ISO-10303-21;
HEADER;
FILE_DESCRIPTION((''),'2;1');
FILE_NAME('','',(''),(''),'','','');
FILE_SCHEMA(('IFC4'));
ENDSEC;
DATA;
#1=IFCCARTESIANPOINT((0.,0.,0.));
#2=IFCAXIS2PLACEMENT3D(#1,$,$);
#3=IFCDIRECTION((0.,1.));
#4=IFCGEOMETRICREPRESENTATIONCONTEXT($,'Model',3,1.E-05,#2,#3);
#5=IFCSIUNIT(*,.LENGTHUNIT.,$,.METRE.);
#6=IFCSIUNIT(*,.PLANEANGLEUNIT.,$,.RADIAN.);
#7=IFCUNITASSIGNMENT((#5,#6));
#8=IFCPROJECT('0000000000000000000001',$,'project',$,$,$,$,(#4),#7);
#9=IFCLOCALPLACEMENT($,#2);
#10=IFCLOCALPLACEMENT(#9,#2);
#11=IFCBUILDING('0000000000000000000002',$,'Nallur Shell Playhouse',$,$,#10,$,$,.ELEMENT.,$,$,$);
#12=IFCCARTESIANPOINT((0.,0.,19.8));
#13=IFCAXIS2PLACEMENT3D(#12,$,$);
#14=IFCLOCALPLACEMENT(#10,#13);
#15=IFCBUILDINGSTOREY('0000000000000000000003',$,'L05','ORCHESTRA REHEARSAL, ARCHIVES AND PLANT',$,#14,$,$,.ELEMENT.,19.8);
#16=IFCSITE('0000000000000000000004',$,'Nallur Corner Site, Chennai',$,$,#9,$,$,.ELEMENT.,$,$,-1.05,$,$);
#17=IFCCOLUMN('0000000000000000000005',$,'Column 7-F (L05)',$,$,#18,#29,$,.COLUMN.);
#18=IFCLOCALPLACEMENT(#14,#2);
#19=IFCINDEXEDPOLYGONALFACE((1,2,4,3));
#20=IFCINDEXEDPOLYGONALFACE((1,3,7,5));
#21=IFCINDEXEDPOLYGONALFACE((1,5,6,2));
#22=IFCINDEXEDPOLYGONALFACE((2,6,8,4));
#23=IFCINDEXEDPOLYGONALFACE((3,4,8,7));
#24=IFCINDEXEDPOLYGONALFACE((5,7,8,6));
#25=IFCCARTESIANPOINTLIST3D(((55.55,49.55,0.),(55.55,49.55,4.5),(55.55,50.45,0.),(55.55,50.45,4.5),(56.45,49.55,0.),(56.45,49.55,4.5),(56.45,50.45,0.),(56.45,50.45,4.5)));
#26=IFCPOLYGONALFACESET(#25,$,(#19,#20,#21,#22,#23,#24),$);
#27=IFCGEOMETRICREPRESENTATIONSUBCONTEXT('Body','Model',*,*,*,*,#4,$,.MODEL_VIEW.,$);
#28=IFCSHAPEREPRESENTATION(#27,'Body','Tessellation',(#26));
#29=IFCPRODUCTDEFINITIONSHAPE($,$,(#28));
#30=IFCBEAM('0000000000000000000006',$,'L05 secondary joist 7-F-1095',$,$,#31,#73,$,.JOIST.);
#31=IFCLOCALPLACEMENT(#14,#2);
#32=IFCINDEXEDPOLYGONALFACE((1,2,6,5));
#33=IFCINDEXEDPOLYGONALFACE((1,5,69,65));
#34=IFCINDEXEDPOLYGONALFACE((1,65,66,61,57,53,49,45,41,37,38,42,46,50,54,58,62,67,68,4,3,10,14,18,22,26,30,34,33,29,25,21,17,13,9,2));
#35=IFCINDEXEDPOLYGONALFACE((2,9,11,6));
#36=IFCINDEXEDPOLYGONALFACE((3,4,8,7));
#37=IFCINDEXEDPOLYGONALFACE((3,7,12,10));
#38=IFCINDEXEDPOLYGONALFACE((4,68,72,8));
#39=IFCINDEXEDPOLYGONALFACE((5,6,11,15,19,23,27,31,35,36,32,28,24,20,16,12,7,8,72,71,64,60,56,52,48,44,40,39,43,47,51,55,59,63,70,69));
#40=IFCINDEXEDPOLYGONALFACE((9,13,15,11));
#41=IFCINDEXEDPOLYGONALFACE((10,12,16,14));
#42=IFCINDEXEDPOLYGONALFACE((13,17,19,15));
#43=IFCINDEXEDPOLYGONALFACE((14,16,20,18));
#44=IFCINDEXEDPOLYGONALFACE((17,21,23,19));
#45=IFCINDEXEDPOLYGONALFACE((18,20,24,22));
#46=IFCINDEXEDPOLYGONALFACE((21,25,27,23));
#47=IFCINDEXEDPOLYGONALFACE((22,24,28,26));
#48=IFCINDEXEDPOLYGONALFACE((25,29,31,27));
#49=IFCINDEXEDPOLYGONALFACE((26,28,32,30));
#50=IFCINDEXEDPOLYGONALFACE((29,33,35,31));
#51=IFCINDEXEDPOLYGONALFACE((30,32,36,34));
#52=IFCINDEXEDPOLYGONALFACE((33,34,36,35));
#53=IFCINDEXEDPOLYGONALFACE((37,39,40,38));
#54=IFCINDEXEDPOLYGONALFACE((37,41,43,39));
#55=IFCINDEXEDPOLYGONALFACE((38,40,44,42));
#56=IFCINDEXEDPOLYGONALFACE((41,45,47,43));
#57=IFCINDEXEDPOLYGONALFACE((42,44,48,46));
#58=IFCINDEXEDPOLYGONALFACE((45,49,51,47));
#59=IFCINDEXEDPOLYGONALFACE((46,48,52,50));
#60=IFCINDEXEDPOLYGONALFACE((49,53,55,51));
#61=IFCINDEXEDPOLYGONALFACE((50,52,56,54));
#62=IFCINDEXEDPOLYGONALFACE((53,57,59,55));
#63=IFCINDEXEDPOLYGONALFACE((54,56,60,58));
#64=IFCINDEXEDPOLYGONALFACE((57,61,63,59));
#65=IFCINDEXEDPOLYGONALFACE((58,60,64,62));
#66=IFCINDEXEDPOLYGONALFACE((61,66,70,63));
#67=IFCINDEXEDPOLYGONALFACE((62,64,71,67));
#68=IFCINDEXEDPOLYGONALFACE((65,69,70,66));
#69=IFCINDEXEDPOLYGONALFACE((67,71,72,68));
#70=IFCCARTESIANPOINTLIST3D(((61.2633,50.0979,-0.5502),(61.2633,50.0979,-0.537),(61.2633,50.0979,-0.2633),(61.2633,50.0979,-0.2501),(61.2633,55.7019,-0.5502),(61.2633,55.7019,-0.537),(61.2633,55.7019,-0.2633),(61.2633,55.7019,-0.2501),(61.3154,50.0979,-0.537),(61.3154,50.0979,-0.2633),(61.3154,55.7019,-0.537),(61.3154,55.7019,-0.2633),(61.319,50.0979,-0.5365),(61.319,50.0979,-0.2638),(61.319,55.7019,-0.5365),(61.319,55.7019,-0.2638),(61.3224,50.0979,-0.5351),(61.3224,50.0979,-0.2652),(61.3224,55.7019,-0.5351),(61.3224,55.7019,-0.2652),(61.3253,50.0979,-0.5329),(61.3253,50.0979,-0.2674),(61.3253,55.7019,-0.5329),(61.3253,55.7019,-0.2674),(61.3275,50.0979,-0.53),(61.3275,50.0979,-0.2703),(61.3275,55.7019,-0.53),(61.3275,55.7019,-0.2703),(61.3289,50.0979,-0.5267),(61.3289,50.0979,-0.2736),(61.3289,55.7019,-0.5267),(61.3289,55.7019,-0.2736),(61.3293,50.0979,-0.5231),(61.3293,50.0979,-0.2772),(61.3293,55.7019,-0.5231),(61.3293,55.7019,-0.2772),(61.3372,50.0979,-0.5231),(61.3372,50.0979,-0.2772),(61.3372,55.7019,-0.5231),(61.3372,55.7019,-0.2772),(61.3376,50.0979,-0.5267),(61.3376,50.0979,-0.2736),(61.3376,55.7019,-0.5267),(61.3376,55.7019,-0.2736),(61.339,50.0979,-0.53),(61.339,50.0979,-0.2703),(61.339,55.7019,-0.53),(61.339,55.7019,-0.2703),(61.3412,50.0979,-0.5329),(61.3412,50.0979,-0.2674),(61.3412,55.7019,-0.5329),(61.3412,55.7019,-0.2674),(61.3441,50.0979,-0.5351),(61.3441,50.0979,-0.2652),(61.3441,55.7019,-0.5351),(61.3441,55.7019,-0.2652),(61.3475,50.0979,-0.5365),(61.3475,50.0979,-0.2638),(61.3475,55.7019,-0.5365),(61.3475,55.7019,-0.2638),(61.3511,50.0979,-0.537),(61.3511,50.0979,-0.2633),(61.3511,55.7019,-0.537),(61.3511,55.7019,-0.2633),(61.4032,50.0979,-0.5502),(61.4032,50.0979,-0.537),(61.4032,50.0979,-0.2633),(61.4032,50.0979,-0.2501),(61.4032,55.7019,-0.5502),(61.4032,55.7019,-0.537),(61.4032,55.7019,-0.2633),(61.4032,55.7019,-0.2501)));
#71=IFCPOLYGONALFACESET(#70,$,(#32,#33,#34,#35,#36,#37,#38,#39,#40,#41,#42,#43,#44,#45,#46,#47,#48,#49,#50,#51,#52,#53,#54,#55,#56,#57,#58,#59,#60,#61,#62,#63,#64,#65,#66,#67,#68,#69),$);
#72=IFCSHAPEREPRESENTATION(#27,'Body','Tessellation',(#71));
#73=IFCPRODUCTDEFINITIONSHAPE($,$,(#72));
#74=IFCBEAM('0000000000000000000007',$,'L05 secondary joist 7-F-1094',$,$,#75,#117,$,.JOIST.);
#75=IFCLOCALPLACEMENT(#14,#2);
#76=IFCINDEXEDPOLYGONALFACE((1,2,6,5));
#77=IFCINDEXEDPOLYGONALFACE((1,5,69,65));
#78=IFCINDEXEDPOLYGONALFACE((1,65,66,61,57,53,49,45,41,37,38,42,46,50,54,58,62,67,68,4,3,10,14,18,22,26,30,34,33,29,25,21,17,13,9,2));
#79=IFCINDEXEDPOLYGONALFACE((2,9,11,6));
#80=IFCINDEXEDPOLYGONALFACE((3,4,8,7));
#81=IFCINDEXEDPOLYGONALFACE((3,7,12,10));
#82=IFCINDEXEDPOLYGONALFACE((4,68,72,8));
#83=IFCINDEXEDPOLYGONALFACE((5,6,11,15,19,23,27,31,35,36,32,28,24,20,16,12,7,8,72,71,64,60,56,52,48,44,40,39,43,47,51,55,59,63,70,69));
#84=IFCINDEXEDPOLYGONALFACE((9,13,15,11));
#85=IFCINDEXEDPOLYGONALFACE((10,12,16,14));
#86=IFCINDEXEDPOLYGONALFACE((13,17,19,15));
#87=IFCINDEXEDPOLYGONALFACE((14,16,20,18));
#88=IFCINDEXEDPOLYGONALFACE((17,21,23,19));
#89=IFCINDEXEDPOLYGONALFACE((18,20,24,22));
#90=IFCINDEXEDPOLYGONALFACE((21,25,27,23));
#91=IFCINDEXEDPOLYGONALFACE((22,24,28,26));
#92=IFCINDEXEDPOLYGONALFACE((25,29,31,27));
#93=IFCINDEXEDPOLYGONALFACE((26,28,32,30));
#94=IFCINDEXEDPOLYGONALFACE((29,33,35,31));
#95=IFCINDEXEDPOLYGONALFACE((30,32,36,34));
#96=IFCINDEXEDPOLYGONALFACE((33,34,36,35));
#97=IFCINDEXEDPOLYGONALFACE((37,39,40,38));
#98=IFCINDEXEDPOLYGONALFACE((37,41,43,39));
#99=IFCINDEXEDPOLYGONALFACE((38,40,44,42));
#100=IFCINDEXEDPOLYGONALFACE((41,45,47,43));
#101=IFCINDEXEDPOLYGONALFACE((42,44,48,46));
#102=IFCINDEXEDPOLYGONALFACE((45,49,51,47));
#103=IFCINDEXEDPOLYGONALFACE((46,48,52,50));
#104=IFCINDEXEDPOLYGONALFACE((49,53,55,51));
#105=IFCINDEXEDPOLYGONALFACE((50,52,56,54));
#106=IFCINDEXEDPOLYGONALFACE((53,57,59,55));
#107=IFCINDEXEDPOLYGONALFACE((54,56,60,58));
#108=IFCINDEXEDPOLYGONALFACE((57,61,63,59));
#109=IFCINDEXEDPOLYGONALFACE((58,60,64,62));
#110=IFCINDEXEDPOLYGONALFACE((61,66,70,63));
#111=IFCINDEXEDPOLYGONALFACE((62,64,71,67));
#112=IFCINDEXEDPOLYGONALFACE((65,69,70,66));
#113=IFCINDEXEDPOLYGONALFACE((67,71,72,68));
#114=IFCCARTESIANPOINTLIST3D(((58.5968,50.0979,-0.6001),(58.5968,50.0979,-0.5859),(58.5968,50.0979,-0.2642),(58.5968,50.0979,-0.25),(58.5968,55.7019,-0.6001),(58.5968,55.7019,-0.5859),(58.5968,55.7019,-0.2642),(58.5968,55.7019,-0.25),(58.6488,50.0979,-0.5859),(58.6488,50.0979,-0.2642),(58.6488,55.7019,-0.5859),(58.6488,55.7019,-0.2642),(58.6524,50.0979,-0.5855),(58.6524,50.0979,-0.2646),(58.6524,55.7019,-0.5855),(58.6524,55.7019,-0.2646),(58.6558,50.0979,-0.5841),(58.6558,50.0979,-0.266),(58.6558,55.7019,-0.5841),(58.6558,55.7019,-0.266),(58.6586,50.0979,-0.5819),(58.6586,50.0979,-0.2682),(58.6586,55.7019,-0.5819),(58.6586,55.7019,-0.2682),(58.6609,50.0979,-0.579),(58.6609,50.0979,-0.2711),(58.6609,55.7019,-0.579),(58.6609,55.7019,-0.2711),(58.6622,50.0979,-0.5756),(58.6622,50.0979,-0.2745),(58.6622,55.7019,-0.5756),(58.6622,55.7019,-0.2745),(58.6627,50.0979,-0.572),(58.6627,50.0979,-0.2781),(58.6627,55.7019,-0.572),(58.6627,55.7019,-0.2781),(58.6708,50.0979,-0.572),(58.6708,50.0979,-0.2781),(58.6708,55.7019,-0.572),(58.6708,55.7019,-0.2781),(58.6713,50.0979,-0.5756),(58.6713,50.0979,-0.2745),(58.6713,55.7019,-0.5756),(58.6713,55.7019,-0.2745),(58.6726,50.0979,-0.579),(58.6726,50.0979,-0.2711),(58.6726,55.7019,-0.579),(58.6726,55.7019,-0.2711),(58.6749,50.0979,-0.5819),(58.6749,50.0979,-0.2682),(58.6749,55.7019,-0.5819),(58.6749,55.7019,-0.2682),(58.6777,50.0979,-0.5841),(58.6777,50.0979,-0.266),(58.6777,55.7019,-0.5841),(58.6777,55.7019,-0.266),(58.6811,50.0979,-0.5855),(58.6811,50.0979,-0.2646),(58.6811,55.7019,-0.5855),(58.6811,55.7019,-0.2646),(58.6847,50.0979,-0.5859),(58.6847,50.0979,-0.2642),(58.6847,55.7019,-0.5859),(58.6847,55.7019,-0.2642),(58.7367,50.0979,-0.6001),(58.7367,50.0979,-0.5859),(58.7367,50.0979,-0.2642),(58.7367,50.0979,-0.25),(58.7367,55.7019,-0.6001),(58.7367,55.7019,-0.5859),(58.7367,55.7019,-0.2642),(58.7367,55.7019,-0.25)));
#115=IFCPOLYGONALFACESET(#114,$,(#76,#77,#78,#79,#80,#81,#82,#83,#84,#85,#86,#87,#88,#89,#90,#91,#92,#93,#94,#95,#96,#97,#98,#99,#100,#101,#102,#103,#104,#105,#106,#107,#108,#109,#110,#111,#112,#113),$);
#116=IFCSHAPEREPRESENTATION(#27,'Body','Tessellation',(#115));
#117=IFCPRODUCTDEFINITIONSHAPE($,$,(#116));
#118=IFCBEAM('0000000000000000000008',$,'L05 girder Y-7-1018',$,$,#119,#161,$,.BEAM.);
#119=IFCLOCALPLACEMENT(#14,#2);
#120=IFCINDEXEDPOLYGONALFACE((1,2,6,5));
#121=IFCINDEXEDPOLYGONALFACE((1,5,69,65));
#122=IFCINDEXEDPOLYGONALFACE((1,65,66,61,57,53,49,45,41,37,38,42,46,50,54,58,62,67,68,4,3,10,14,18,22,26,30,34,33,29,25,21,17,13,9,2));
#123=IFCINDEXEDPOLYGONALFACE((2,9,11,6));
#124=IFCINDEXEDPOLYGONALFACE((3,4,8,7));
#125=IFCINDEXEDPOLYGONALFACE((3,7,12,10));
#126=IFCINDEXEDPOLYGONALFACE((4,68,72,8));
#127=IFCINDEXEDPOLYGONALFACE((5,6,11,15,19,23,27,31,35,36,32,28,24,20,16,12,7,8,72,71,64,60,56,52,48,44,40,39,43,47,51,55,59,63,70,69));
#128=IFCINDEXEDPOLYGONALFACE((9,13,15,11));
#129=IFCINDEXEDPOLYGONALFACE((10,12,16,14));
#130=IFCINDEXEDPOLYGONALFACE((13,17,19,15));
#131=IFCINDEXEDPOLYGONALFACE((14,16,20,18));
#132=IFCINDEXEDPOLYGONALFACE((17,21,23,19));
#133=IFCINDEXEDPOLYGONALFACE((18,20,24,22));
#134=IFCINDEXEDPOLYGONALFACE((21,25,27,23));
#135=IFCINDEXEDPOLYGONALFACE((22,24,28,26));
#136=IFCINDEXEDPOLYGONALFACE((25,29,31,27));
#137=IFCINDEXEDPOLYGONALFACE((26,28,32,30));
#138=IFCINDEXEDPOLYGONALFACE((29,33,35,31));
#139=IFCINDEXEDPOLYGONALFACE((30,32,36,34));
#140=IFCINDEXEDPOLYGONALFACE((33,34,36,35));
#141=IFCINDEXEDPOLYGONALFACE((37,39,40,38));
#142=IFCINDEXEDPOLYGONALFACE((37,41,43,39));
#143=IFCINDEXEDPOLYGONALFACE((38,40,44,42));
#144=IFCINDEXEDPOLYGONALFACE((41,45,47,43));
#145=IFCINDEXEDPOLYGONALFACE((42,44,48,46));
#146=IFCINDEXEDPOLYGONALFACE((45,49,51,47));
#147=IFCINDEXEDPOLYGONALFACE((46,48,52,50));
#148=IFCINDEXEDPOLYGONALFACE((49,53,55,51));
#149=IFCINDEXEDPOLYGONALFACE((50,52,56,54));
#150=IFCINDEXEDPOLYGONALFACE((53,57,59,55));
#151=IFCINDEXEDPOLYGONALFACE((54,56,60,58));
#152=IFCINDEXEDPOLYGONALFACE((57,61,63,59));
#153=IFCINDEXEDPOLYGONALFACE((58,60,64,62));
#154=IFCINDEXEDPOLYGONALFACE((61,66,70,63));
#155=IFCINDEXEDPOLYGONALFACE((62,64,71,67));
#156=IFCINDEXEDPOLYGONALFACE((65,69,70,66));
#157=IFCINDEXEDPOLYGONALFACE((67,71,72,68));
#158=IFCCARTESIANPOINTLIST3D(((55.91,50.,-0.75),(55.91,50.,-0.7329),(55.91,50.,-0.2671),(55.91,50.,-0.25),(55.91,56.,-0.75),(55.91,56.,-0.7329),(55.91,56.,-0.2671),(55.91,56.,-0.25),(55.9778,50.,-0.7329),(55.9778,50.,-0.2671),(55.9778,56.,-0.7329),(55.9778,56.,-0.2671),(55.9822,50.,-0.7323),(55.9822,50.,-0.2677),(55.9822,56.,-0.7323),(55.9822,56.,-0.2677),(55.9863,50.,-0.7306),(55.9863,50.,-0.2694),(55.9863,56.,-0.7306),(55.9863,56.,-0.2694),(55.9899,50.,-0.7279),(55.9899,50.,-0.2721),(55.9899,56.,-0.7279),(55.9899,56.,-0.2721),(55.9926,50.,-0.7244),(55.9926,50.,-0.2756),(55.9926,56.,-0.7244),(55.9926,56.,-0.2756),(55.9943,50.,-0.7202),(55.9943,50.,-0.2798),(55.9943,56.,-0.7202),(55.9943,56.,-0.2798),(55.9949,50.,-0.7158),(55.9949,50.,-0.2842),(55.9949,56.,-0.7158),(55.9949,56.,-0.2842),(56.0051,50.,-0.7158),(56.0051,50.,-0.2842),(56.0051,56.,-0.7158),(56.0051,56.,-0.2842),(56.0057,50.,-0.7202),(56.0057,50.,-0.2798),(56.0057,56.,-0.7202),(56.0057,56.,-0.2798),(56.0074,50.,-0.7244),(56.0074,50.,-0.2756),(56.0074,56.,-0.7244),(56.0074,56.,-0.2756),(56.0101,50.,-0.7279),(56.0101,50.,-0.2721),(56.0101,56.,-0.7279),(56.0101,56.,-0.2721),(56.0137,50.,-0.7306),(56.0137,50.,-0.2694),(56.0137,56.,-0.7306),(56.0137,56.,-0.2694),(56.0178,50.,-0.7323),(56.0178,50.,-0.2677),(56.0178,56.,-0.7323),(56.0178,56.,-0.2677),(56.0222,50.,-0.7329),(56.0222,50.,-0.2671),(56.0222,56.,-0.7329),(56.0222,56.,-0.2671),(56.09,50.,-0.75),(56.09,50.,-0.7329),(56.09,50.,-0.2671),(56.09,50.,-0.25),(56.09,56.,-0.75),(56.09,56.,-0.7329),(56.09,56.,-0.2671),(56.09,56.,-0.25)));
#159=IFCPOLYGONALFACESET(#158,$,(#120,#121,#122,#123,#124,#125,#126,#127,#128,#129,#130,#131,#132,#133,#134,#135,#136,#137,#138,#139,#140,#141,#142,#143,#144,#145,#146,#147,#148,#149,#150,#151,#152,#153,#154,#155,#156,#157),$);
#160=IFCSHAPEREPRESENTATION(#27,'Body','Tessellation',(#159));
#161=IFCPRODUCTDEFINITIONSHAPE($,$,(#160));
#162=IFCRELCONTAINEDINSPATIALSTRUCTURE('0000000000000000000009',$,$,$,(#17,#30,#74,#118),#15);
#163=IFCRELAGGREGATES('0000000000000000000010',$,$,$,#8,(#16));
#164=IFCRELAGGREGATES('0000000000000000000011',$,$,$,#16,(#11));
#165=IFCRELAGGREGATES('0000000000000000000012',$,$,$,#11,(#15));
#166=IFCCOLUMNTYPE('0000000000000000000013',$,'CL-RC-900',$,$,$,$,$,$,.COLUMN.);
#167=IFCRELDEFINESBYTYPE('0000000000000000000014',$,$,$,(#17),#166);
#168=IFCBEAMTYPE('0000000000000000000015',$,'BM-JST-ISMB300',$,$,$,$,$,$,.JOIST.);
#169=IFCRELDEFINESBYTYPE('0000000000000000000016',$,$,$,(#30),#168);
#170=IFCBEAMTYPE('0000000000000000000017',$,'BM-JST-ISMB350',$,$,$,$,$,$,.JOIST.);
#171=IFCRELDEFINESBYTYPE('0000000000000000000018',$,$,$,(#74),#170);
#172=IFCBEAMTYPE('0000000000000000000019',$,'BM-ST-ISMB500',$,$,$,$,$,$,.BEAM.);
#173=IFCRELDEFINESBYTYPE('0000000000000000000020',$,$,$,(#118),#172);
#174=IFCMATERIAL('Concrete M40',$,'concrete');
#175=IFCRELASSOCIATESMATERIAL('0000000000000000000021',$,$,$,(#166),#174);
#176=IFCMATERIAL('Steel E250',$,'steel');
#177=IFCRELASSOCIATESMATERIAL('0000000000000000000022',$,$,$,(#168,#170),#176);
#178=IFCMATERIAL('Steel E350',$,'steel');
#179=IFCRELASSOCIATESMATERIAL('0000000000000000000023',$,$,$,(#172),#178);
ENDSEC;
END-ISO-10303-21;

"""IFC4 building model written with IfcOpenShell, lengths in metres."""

from ifc_helpers import new_model, si_unit, direction, frame, origin, origin_2d, place, context, subcontext, project, spatial, rectangle, i_section, extrude, material, material_profile, profile_set, type_object, element, save


model = new_model("IFC4")

# Units and contexts
model_context = context("Model", 3, precision=1e-05, world=origin(), true_north=direction((0.0, 1.0)))
body_context = subcontext(model_context, "Body", "Model", "MODEL_VIEW")
ifc_project = project(units=[si_unit("LENGTHUNIT", "METRE"), si_unit("PLANEANGLEUNIT", "RADIAN")], contexts=[model_context])

# Site, building, storey
site_placement = place(None, origin())
site = spatial("IfcSite", under=ifc_project, at=site_placement, Name="Nallur Corner Site, Chennai", CompositionType="ELEMENT", RefElevation=-1.05)
building_placement = place(site_placement, origin())
building = spatial("IfcBuilding", under=site, at=building_placement, Name="Nallur Shell Playhouse", CompositionType="ELEMENT")
storey_placement = place(building_placement, frame((0.0, 0.0, 19.8)))
storey = spatial("IfcBuildingStorey", under=building, at=storey_placement, Name="L05", Description="ORCHESTRA REHEARSAL, ARCHIVES AND PLANT", CompositionType="ELEMENT", Elevation=19.8)

# Column
ifc_material_1 = material(Name="Concrete M40", Category="concrete")
ifc_material_profile_1 = material_profile(ifc_material_1, rectangle(XDim=0.8999, YDim=0.8999, at=origin_2d()), Name="RC 900x900")
ifc_profile_set_1 = profile_set([ifc_material_profile_1], Name="Concrete M40")
column_type = type_object("IfcColumnType", Name="CL-RC-900", PredefinedType="COLUMN", material=ifc_profile_set_1)
column_placement = place(storey_placement, frame((56.0, 50.0, 0.0), z_axis=(0.0, 0.0, 1.0), x_axis=(1.0, 0.0, 0.0)))
element("IfcColumn", 1, at=column_placement, inside=storey, type_object=column_type, Name="Column 7-F (L05)", PredefinedType="COLUMN", context=body_context, shape_type="SweptSolid", body=[
    extrude(rectangle(XDim=0.8999, YDim=0.8999, at=origin_2d()), origin(), (0.0, 0.0, 1.0), 4.5),
])

# Beams
ifc_material_2 = material(Name="Steel E250", Category="steel")
ifc_material_profile_2 = material_profile(ifc_material_2, i_section(OverallWidth=0.1399, OverallDepth=0.3, WebThickness=0.0078, FlangeThickness=0.0132, FilletRadius=0.0139, at=origin_2d()), Name="ISMB 300")
ifc_profile_set_2 = profile_set([ifc_material_profile_2], Name="Steel E250")
beam_type_1 = type_object("IfcBeamType", Name="BM-JST-ISMB300", PredefinedType="JOIST", material=ifc_profile_set_2)
beam_1_placement = place(storey_placement, frame((61.3333, 50.0979, -0.4001), z_axis=(0.0, 1.0, 0.0), x_axis=(-1.0, 0.0, 0.0)))
element("IfcBeam", 2, at=beam_1_placement, inside=storey, type_object=beam_type_1, Name="L05 secondary joist 7-F-1095", PredefinedType="JOIST", context=body_context, shape_type="SweptSolid", body=[
    extrude(i_section(OverallWidth=0.1399, OverallDepth=0.3, WebThickness=0.0078, FlangeThickness=0.0132, FilletRadius=0.0139, at=origin_2d()), origin(), (0.0, 0.0, 1.0), 5.604),
])
ifc_material_profile_3 = material_profile(ifc_material_2, i_section(OverallWidth=0.1399, OverallDepth=0.3501, WebThickness=0.0081, FlangeThickness=0.0142, FilletRadius=0.0139, at=origin_2d()), Name="ISMB 350")
ifc_profile_set_3 = profile_set([ifc_material_profile_3], Name="Steel E250")
beam_type_2 = type_object("IfcBeamType", Name="BM-JST-ISMB350", PredefinedType="JOIST", material=ifc_profile_set_3)
beam_2_placement = place(storey_placement, frame((58.6667, 50.0979, -0.425), z_axis=(0.0, 1.0, 0.0), x_axis=(-1.0, 0.0, 0.0)))
element("IfcBeam", 3, at=beam_2_placement, inside=storey, type_object=beam_type_2, Name="L05 secondary joist 7-F-1094", PredefinedType="JOIST", context=body_context, shape_type="SweptSolid", body=[
    extrude(i_section(OverallWidth=0.1399, OverallDepth=0.3501, WebThickness=0.0081, FlangeThickness=0.0142, FilletRadius=0.0139, at=origin_2d()), origin(), (0.0, 0.0, 1.0), 5.604),
])
ifc_material_3 = material(Name="Steel E350", Category="steel")
ifc_material_profile_4 = material_profile(ifc_material_3, i_section(OverallWidth=0.1799, OverallDepth=0.5, WebThickness=0.0103, FlangeThickness=0.0171, FilletRadius=0.0171, at=origin_2d()), Name="ISMB 500")
ifc_profile_set_4 = profile_set([ifc_material_profile_4], Name="Steel E350")
beam_type_3 = type_object("IfcBeamType", Name="BM-ST-ISMB500", PredefinedType="BEAM", material=ifc_profile_set_4)
beam_3_placement = place(storey_placement, frame((56.0, 50.0, -0.5), z_axis=(0.0, 1.0, 0.0), x_axis=(-1.0, 0.0, 0.0)))
element("IfcBeam", 4, at=beam_3_placement, inside=storey, type_object=beam_type_3, Name="L05 girder Y-7-1018", PredefinedType="BEAM", context=body_context, shape_type="SweptSolid", body=[
    extrude(i_section(OverallWidth=0.1799, OverallDepth=0.5, WebThickness=0.0103, FlangeThickness=0.0171, FilletRadius=0.0171, at=origin_2d()), origin(), (0.0, 0.0, 1.0), 6.0),
])

save(model, "model.ifc")
